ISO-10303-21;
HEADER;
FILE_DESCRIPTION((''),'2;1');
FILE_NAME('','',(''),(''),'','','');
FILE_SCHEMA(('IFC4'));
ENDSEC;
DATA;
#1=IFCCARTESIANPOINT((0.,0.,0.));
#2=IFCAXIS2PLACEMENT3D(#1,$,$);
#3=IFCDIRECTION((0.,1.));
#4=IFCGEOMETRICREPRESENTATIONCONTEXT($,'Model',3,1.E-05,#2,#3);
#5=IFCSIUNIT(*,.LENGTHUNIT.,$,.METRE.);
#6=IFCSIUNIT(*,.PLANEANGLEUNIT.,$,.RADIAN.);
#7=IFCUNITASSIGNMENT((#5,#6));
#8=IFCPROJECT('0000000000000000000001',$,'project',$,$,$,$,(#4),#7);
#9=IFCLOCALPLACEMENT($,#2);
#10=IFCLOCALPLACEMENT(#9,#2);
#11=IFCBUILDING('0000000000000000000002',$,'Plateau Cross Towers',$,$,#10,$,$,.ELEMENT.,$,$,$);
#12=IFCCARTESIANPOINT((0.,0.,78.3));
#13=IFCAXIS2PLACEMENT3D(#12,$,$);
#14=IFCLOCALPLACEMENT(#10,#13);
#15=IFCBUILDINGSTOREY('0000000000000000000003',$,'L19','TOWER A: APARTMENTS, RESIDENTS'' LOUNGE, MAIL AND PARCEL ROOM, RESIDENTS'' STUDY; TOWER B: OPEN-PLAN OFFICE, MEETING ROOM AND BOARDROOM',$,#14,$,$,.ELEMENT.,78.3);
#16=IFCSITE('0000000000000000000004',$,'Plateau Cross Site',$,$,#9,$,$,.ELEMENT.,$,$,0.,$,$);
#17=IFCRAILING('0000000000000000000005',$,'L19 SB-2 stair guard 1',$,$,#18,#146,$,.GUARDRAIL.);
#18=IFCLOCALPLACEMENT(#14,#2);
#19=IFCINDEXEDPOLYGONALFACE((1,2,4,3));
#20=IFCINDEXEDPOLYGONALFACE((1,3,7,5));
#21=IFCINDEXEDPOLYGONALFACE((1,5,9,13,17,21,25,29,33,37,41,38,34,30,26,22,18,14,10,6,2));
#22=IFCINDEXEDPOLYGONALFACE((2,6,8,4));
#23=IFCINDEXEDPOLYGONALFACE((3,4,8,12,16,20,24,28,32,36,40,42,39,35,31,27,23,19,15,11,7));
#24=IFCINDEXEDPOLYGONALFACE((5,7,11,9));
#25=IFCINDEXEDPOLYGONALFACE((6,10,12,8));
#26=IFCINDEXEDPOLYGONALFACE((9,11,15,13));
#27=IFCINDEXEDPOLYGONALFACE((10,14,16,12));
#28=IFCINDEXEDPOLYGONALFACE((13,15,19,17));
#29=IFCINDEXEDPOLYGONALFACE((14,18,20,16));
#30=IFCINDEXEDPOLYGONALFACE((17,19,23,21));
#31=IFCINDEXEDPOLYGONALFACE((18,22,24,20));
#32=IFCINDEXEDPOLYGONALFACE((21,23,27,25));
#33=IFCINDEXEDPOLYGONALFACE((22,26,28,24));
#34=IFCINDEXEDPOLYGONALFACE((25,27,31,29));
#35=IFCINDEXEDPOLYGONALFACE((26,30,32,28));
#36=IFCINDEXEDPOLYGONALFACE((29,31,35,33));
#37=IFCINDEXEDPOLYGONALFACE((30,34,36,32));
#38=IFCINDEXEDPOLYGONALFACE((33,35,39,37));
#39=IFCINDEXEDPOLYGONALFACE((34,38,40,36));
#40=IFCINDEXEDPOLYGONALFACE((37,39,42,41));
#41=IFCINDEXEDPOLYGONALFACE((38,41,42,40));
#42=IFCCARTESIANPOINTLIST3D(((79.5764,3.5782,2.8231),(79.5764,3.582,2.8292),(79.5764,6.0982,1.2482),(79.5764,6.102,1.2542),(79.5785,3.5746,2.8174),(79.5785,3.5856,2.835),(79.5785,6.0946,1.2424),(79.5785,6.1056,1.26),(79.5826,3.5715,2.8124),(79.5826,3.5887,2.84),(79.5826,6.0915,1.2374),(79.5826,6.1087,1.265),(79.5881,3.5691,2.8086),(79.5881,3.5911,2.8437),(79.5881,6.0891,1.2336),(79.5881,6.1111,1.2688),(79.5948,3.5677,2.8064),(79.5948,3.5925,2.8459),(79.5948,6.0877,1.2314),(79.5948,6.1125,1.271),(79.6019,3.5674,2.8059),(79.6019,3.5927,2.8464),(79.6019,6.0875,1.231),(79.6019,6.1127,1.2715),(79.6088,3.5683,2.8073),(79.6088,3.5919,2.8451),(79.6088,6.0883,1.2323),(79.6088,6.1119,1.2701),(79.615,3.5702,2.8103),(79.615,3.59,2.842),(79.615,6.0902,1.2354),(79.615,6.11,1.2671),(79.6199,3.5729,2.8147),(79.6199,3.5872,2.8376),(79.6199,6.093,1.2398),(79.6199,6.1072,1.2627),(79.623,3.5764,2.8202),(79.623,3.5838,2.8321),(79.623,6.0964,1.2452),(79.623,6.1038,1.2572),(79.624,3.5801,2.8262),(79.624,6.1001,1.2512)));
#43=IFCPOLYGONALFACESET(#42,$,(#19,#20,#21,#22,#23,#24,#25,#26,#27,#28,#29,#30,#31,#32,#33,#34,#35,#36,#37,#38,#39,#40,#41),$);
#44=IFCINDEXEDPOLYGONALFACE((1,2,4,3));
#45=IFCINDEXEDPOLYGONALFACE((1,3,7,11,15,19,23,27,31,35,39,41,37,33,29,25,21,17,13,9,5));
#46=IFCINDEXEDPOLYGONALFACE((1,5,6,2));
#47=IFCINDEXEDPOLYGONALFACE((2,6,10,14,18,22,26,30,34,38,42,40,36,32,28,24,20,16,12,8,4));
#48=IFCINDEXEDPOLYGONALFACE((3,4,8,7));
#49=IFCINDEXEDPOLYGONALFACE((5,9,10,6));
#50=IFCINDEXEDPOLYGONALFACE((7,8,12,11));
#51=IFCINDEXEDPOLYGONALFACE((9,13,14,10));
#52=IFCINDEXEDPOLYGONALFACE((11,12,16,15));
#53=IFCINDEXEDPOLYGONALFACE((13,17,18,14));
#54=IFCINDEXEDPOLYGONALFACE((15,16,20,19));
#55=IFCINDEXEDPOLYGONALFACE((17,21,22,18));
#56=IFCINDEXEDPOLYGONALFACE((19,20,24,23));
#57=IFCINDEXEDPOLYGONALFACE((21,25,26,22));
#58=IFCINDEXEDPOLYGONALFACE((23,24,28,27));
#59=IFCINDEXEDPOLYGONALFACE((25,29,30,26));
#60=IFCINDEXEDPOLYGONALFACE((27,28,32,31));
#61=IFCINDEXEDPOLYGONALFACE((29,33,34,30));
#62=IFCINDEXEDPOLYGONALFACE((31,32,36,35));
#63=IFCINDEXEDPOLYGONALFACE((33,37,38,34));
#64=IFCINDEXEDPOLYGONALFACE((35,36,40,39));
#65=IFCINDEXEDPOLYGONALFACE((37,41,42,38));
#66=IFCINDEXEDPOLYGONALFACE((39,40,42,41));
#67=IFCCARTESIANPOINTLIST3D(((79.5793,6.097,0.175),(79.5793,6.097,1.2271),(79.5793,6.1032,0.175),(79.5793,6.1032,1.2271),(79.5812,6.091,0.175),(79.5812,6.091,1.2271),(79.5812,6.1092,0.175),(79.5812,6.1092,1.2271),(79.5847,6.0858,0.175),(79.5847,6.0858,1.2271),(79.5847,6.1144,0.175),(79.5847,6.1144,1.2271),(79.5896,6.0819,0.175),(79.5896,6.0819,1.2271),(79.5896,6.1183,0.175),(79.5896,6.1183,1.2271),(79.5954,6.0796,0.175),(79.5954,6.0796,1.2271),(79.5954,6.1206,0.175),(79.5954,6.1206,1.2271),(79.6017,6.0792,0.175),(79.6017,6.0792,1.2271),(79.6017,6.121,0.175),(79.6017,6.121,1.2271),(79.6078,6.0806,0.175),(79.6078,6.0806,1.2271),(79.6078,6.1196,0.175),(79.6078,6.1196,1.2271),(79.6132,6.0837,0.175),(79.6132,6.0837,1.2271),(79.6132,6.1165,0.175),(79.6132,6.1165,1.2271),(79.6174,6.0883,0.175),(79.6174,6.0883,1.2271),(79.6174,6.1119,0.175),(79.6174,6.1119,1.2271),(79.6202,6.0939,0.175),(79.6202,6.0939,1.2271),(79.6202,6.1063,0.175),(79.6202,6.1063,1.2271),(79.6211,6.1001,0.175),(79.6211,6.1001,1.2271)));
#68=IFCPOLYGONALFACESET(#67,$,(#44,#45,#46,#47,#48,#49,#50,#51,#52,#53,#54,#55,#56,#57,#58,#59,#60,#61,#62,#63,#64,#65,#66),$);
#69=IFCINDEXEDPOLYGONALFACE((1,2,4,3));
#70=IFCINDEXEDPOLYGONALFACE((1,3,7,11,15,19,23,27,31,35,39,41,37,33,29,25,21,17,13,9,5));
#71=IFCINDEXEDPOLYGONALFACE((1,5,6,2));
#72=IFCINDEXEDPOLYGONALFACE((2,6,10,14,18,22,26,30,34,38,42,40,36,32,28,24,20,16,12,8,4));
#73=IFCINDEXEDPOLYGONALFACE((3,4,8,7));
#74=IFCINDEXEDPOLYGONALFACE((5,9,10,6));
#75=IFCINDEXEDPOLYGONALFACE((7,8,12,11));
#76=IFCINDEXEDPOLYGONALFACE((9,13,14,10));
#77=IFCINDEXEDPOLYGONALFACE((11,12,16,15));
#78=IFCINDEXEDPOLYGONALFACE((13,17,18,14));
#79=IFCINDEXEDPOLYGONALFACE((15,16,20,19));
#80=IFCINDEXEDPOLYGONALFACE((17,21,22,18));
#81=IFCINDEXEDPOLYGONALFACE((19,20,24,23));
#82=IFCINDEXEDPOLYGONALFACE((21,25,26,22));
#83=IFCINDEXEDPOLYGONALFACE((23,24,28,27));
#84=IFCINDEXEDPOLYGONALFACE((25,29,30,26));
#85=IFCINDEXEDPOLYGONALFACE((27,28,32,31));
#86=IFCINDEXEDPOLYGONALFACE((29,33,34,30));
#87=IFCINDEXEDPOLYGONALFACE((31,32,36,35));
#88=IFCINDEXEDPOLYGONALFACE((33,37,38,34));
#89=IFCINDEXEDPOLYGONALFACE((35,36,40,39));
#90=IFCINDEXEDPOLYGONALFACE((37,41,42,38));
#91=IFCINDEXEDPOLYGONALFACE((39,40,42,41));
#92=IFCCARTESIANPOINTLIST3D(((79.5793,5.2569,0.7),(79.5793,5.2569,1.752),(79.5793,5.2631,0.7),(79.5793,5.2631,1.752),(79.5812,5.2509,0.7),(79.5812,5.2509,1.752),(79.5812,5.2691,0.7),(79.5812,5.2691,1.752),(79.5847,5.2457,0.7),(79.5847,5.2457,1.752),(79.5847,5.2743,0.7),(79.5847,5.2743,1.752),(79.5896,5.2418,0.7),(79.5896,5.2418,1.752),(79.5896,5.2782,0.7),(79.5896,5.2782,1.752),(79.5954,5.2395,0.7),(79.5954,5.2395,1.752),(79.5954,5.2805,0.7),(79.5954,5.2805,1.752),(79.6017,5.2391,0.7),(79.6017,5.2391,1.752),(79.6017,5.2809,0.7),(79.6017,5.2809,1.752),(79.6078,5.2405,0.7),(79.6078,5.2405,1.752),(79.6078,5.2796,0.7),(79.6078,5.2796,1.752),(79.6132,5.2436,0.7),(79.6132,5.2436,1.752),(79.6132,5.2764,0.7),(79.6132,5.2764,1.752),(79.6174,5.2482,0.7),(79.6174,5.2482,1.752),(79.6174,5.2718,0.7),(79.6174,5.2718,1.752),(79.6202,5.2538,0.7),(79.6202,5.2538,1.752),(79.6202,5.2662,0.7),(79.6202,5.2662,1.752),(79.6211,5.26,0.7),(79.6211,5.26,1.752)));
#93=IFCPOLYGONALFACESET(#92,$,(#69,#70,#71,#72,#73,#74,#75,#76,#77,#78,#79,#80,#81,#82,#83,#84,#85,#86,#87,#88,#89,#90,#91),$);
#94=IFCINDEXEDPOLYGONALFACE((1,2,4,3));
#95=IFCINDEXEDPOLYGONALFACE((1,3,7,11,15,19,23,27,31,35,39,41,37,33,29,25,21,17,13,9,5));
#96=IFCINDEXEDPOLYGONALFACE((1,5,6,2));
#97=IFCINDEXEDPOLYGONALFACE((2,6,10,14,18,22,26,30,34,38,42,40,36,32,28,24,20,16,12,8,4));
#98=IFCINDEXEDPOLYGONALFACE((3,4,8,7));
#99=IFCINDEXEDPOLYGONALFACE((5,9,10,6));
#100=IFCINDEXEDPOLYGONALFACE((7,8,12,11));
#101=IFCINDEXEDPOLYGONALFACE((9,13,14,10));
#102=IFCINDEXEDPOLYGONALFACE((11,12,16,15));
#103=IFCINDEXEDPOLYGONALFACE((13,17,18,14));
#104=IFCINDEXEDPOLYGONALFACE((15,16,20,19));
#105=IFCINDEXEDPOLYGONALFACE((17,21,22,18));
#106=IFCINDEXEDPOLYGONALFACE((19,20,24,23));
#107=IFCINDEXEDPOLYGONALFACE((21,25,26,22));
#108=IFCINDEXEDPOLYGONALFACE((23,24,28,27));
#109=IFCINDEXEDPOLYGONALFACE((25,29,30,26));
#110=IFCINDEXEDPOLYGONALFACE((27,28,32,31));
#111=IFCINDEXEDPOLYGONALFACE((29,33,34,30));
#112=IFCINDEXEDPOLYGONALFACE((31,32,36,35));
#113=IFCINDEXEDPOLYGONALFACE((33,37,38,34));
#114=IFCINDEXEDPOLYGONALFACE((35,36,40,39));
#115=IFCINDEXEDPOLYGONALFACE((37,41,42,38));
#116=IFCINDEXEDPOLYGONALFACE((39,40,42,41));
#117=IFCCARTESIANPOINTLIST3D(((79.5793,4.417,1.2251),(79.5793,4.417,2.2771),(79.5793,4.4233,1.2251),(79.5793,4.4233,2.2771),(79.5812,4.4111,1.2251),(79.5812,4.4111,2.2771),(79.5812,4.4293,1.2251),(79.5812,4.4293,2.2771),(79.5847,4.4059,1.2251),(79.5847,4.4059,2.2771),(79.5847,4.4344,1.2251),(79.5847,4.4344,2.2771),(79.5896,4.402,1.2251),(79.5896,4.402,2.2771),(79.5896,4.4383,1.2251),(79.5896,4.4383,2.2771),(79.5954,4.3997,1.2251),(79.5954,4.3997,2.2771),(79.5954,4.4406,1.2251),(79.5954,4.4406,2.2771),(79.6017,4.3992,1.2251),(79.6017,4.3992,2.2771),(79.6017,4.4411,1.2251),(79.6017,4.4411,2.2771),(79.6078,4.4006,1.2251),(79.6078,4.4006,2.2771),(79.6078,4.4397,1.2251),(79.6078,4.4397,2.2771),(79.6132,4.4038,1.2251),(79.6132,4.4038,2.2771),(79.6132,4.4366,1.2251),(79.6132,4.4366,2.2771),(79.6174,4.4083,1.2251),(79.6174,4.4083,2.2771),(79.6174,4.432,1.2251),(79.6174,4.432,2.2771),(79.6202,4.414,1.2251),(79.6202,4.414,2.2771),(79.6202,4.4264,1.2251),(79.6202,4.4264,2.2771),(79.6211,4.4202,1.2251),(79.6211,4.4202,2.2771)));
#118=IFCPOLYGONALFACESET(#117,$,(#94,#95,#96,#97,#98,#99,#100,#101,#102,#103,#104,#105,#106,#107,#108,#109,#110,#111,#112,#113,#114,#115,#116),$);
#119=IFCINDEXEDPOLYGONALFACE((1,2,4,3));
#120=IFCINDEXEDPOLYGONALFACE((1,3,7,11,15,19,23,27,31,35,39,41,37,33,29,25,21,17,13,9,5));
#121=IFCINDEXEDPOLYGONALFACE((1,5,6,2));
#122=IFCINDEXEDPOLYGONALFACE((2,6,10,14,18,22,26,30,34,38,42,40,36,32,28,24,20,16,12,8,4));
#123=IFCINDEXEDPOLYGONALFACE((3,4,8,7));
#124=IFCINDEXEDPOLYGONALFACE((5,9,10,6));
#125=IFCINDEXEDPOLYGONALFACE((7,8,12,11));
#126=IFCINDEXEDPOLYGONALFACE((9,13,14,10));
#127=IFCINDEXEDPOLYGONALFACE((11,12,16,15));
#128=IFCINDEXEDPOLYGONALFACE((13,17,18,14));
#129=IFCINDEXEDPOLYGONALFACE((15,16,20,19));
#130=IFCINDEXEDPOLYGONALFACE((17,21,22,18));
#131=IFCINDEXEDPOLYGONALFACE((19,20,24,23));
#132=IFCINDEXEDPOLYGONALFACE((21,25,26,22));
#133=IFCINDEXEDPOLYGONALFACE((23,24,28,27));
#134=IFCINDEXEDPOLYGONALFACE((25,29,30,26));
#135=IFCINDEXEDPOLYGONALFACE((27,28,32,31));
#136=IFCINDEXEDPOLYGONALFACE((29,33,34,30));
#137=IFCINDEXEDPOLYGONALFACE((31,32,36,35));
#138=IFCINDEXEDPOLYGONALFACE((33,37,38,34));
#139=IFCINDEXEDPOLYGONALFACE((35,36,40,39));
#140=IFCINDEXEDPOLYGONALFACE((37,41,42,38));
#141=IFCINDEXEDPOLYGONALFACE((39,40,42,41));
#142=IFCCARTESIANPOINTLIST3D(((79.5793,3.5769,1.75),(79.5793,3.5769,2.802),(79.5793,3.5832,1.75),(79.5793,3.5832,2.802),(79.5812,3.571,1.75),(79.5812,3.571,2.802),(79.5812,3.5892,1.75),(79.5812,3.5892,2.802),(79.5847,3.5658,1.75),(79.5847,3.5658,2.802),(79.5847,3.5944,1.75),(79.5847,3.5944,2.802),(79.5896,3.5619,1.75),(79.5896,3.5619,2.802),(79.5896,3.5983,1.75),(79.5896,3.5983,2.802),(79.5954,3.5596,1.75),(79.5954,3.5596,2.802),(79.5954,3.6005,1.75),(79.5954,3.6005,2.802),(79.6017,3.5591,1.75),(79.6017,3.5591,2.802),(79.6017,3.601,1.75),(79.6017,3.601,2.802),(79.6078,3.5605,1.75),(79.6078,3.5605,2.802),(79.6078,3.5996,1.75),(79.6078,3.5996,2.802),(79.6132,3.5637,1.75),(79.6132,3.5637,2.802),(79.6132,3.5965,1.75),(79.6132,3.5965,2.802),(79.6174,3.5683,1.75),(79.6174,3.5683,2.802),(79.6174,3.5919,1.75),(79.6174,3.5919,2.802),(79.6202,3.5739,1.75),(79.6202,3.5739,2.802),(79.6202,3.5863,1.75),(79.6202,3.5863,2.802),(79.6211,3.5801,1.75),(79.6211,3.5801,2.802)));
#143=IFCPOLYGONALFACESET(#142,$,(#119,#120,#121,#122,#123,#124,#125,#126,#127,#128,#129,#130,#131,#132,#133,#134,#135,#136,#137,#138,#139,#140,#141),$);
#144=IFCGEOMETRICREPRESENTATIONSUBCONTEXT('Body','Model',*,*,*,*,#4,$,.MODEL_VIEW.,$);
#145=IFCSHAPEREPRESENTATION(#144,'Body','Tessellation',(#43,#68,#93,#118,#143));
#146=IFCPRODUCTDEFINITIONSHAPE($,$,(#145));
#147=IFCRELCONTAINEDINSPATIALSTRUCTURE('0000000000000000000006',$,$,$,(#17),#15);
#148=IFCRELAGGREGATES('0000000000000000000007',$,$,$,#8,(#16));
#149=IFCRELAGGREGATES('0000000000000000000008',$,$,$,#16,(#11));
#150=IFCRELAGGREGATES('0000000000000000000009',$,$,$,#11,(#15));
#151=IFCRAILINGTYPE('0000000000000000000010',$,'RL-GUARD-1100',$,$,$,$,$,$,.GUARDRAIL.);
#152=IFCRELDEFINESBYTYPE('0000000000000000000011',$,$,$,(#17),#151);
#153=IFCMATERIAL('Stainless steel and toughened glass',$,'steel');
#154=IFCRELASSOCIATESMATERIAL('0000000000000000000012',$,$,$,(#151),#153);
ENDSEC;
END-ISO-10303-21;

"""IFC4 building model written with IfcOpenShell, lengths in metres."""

from ifc_helpers import new_model, si_unit, direction, frame, origin, origin_2d, place, context, subcontext, project, spatial, circle, extrude, material, type_object, element, save


model = new_model("IFC4")

# Units and contexts
model_context = context("Model", 3, precision=1e-05, world=origin(), true_north=direction((0.0, 1.0)))
body_context = subcontext(model_context, "Body", "Model", "MODEL_VIEW")
ifc_project = project(units=[si_unit("LENGTHUNIT", "METRE"), si_unit("PLANEANGLEUNIT", "RADIAN")], contexts=[model_context])

# Site, building, storey
site_placement = place(None, origin())
site = spatial("IfcSite", under=ifc_project, at=site_placement, Name="Plateau Cross Site", CompositionType="ELEMENT", RefElevation=0.0)
building_placement = place(site_placement, origin())
building = spatial("IfcBuilding", under=site, at=building_placement, Name="Plateau Cross Towers", CompositionType="ELEMENT")
storey_placement = place(building_placement, frame((0.0, 0.0, 78.3)))
storey = spatial("IfcBuildingStorey", under=building, at=storey_placement, Name="L19", Description="TOWER A: APARTMENTS, RESIDENTS' LOUNGE, MAIL AND PARCEL ROOM, RESIDENTS' STUDY; TOWER B: OPEN-PLAN OFFICE, MEETING ROOM AND BOARDROOM", CompositionType="ELEMENT", Elevation=78.3)

# Railing
ifc_material_1 = material(Name="Stainless steel and toughened glass", Category="steel")
railing_type = type_object("IfcRailingType", Name="RL-GUARD-1100", PredefinedType="GUARDRAIL", material=ifc_material_1)
railing_1_placement = place(storey_placement, frame((79.6001, 6.1001, 0.175)))
element("IfcRailing", 1, at=railing_1_placement, inside=storey, type_object=railing_type, Name="L19 SB-2 stair guard 1", PredefinedType="GUARDRAIL", context=body_context, shape_type="SweptSolid", body=[
    extrude(circle(Radius=0.0239, at=origin_2d()), frame((0.0, 0.0, 1.0762), z_axis=(0.0, -0.848008, 0.529984), x_axis=(1.0, 0.0, 0.0)), (0.0, 0.0, 1.0), 2.9717),
    extrude(circle(Radius=0.021, at=origin_2d()), origin(), (0.0, 0.0, 1.0), 1.052),
    extrude(circle(Radius=0.021, at=origin_2d()), frame((0.0, -0.8401, 0.5249)), (0.0, 0.0, 1.0), 1.052),
    extrude(circle(Radius=0.021, at=origin_2d()), frame((0.0, -1.6799, 1.05)), (0.0, 0.0, 1.0), 1.052),
    extrude(circle(Radius=0.021, at=origin_2d()), frame((0.0, -2.52, 1.575)), (0.0, 0.0, 1.0), 1.052),
])

save(model, "model.ifc")
